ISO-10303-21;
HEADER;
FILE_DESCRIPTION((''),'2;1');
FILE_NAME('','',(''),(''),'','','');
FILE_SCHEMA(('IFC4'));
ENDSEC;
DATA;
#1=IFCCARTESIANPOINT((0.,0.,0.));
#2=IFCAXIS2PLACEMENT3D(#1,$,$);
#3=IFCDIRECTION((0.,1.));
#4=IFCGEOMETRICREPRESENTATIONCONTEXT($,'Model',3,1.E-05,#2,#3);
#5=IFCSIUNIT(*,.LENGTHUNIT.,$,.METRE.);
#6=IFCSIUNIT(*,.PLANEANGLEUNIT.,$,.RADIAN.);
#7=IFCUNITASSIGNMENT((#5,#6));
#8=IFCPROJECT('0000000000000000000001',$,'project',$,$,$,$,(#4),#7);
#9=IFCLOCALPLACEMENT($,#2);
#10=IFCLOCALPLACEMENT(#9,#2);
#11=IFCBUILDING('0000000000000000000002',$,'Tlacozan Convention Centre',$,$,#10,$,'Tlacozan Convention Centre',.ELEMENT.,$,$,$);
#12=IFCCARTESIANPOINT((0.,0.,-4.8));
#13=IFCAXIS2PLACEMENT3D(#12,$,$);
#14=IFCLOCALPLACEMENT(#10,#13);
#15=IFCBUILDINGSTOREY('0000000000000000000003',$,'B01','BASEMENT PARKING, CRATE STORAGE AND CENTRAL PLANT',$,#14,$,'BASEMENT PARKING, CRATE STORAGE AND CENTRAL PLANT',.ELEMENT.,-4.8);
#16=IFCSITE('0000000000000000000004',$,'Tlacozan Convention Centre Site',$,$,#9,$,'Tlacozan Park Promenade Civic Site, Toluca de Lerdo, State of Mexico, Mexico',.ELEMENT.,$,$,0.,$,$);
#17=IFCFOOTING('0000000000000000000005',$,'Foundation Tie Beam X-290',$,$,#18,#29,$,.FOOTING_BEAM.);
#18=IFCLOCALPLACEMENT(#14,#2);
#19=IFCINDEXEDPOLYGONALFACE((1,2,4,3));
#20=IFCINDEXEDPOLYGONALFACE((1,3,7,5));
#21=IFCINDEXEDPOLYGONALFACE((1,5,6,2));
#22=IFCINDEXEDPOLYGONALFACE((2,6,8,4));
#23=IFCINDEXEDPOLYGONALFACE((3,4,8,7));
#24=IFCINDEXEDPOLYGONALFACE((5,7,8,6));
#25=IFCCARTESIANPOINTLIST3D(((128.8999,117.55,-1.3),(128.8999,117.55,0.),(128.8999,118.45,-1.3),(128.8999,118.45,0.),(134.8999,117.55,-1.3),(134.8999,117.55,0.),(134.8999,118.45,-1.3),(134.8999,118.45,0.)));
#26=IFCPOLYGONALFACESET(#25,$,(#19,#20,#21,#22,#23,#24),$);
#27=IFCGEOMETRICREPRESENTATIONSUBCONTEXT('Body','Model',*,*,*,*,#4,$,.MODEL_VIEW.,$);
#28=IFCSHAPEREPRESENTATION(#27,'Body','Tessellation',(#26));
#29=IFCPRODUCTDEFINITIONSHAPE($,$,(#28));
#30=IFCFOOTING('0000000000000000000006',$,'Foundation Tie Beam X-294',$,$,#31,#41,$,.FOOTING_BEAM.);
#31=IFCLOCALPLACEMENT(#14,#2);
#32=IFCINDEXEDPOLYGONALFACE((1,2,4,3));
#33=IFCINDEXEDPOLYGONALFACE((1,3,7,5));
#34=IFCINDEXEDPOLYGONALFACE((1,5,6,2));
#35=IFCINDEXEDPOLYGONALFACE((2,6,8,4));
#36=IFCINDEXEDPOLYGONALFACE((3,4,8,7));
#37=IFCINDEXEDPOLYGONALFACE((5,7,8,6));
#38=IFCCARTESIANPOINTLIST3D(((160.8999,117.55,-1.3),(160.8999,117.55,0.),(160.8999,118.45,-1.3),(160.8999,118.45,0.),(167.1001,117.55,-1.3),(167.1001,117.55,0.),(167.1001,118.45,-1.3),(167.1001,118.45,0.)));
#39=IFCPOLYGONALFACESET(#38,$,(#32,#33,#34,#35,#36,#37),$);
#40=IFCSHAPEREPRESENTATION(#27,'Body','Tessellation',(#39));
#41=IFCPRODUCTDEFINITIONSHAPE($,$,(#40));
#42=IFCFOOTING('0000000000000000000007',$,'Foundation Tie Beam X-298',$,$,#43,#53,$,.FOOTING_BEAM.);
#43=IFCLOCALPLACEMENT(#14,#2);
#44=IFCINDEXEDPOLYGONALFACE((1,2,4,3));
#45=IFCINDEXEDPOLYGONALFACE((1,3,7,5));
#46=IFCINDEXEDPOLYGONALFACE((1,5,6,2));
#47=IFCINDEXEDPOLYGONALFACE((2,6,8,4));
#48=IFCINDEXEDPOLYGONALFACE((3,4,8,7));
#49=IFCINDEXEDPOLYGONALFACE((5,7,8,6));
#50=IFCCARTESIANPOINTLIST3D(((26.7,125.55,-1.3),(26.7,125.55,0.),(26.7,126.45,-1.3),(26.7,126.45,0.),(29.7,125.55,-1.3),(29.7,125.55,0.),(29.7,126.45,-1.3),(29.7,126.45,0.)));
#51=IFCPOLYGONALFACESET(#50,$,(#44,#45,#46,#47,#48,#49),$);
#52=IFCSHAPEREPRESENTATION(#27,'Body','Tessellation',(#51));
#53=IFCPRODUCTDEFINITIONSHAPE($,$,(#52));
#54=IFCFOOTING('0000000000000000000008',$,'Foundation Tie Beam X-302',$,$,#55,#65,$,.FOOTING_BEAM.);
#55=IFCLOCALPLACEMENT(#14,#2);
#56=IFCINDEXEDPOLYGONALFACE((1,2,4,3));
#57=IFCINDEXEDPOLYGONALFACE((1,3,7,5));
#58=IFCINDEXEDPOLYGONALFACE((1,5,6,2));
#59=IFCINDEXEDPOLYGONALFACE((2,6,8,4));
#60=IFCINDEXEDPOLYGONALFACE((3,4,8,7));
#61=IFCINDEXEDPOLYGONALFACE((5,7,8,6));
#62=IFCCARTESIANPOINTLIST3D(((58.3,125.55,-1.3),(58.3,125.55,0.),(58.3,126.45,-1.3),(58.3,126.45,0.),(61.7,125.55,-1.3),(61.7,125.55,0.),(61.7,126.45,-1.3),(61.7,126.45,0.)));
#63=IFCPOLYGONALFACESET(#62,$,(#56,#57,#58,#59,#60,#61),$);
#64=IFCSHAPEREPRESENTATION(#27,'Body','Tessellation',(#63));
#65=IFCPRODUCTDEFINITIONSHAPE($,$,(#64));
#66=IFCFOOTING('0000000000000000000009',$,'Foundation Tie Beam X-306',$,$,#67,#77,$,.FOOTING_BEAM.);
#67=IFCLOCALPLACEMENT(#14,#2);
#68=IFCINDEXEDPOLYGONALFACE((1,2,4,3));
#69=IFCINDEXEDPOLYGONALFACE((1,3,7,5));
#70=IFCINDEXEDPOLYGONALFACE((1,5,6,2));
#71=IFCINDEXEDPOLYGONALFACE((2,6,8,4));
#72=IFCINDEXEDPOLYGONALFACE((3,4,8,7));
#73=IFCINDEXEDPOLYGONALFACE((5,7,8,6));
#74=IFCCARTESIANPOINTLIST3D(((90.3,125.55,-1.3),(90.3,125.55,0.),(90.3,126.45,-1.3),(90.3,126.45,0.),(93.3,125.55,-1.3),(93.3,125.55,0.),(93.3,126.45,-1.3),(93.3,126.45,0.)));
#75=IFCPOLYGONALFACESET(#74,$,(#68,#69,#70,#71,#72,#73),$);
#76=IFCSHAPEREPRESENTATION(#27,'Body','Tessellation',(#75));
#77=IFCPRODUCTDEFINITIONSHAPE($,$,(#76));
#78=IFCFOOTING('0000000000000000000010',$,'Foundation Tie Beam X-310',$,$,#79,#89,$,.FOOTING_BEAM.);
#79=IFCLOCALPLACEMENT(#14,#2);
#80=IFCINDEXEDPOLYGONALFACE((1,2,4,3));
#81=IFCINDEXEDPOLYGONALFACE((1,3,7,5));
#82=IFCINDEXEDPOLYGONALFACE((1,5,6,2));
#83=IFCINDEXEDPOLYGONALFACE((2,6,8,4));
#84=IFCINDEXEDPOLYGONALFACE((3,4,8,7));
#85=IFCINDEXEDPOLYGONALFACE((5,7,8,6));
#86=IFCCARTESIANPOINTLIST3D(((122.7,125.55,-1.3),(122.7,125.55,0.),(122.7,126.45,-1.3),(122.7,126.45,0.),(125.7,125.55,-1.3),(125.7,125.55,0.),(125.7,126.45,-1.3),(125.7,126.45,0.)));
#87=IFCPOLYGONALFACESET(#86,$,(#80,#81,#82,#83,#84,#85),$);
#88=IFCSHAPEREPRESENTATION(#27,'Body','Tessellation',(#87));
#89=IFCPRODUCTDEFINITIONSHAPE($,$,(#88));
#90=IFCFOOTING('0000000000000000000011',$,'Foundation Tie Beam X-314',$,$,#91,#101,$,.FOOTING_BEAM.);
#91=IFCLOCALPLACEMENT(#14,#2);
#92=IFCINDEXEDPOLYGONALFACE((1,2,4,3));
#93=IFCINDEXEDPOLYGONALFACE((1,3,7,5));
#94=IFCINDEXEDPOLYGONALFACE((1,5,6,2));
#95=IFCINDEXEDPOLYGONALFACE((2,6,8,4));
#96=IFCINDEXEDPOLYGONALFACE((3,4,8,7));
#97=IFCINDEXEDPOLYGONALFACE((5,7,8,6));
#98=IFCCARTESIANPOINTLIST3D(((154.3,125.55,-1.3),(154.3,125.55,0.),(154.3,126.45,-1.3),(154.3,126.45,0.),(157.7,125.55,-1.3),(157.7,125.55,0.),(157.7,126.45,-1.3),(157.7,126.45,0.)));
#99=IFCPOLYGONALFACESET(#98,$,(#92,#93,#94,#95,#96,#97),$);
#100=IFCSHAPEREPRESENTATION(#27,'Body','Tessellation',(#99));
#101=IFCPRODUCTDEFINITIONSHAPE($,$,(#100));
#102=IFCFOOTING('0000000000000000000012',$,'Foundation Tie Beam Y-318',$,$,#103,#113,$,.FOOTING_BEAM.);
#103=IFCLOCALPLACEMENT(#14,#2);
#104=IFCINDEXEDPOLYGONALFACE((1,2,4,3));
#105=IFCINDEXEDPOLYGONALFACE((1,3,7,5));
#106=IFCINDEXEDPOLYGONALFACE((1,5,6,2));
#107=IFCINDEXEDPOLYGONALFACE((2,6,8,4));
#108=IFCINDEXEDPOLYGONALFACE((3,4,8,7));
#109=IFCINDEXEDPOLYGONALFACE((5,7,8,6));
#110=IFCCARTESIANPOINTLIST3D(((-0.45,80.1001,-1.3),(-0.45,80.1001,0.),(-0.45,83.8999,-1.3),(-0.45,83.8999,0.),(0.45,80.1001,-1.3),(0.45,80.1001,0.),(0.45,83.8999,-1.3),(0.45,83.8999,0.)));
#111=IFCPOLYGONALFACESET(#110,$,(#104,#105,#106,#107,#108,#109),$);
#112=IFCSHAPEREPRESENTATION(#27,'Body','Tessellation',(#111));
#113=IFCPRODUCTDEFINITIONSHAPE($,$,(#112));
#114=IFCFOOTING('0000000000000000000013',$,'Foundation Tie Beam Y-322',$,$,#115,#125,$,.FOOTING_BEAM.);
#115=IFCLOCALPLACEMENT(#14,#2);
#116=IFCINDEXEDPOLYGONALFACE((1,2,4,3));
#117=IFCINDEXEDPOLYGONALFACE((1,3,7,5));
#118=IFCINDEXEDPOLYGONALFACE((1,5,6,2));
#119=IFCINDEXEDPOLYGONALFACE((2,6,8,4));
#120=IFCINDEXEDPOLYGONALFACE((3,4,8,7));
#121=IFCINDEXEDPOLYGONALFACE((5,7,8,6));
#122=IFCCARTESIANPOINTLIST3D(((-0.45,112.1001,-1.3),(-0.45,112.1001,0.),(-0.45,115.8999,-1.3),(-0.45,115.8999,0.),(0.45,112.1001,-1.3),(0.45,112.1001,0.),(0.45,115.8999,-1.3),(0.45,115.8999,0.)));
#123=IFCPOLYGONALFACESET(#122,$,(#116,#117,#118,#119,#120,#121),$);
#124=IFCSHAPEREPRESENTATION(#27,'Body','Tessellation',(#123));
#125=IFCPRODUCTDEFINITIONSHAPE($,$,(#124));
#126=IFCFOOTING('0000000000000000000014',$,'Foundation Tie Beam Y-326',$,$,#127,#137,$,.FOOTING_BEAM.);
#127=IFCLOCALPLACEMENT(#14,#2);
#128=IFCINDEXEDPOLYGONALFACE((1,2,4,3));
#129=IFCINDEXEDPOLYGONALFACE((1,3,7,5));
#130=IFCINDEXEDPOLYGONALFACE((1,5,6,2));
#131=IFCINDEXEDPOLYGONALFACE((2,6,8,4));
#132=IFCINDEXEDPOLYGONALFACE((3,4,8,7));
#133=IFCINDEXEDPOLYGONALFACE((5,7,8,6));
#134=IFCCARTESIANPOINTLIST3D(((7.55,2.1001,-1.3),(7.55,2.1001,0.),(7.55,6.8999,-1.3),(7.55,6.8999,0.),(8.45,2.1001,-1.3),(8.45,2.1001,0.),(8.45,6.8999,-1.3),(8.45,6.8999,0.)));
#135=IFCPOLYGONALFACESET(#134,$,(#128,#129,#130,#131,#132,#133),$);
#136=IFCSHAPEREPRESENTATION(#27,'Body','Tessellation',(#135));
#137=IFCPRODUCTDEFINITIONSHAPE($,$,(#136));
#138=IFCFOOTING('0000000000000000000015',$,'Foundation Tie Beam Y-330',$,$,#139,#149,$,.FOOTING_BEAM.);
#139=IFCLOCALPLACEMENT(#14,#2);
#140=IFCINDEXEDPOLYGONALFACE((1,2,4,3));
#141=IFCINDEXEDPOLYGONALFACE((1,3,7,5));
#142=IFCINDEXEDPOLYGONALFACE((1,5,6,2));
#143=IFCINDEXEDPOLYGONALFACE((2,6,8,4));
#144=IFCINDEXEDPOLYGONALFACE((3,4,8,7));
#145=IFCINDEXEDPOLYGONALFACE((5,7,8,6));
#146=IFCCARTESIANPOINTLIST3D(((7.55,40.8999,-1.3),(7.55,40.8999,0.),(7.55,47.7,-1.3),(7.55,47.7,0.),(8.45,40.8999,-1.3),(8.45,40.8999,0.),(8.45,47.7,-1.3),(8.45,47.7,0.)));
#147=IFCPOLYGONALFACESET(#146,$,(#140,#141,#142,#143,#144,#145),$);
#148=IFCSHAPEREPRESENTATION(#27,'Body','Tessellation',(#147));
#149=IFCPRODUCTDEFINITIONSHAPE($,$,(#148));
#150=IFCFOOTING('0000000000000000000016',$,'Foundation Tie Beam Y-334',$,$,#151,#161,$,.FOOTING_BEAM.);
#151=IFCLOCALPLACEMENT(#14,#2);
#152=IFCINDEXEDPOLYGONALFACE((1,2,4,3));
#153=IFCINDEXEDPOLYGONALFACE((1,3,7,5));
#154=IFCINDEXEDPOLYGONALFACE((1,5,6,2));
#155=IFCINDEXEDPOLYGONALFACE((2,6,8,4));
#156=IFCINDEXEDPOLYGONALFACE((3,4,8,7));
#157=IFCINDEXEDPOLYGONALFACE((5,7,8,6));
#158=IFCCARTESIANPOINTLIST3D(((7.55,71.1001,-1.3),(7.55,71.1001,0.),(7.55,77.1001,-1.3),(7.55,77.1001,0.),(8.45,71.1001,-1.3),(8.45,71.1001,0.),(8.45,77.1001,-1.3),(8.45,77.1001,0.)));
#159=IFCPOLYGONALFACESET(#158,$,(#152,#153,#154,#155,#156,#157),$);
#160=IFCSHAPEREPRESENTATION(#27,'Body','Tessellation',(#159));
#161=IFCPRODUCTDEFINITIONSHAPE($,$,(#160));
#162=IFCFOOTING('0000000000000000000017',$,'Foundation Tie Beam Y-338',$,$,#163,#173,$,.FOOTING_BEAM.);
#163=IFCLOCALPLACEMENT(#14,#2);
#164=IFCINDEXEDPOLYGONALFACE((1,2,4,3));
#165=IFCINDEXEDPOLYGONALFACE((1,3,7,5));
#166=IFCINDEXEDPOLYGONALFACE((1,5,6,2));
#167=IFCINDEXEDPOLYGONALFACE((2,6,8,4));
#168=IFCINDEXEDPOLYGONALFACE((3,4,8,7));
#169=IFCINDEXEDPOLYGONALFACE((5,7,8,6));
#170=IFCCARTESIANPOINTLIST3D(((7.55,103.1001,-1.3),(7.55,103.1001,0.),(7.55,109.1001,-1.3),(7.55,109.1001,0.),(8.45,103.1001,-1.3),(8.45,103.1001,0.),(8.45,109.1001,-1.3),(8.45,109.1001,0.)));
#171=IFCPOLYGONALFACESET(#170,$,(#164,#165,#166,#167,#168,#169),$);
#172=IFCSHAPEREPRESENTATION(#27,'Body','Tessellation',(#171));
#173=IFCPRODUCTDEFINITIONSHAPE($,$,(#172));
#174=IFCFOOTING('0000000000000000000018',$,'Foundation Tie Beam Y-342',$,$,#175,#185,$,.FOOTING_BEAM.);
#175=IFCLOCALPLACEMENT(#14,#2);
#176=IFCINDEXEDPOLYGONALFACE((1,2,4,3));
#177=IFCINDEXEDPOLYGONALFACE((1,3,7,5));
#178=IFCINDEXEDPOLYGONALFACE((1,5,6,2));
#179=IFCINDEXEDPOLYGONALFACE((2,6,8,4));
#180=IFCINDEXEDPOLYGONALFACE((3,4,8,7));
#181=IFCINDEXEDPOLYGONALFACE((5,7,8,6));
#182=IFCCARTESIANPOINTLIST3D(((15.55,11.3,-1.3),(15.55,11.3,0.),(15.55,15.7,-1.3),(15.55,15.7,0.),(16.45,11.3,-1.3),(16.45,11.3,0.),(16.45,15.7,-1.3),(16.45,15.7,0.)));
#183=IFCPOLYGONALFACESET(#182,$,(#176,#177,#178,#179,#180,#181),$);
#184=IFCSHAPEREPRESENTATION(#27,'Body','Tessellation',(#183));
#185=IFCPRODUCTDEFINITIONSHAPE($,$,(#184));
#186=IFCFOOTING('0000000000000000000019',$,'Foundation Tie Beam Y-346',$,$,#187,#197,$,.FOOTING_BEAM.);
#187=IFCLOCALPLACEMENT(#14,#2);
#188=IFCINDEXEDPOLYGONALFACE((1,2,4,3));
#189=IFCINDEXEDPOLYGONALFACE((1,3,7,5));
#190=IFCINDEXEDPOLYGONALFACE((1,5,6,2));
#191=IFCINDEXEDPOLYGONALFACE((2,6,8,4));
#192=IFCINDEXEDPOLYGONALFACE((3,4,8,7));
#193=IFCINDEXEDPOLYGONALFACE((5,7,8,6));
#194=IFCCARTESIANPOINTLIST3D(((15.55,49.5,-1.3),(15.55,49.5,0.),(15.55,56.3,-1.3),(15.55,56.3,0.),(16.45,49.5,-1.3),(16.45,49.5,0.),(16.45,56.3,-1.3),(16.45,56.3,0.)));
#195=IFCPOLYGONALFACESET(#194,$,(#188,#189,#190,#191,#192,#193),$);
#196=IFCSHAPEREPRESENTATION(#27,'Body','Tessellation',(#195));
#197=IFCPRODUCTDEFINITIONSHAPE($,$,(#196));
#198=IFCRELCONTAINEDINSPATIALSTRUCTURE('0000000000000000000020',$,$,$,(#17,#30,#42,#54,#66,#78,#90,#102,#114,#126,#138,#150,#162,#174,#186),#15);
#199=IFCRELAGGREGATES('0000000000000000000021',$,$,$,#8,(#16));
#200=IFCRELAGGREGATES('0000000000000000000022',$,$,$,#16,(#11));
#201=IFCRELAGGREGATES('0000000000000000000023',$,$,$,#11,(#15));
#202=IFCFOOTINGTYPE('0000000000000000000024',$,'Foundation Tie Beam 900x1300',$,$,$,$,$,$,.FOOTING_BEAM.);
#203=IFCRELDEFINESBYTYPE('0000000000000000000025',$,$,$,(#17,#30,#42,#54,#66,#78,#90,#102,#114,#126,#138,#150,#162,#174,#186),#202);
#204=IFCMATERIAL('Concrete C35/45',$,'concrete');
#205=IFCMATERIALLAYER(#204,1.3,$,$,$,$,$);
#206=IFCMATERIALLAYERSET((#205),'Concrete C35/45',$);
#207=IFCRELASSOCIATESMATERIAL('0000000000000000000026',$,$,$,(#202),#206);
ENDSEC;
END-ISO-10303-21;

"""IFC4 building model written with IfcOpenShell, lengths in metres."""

from ifc_helpers import new_model, si_unit, direction, frame, origin, place, context, subcontext, project, spatial, polyline, outline, extrude, material, layer, layer_set, type_object, element, save


model = new_model("IFC4")

# Units and contexts
model_context = context("Model", 3, precision=1e-05, world=origin(), true_north=direction((0.0, 1.0)))
body_context = subcontext(model_context, "Body", "Model", "MODEL_VIEW")
ifc_project = project(units=[si_unit("LENGTHUNIT", "METRE"), si_unit("PLANEANGLEUNIT", "RADIAN")], contexts=[model_context])

# Site, building, storey
site_placement = place(None, origin())
site = spatial("IfcSite", under=ifc_project, at=site_placement, Name="Tlacozan Convention Centre Site", LongName="Tlacozan Park Promenade Civic Site, Toluca de Lerdo, State of Mexico, Mexico", CompositionType="ELEMENT", RefElevation=0.0)
building_placement = place(site_placement, origin())
building = spatial("IfcBuilding", under=site, at=building_placement, Name="Tlacozan Convention Centre", LongName="Tlacozan Convention Centre", CompositionType="ELEMENT")
storey_placement = place(building_placement, frame((0.0, 0.0, -4.8)))
storey = spatial("IfcBuildingStorey", under=building, at=storey_placement, Name="B01", Description="BASEMENT PARKING, CRATE STORAGE AND CENTRAL PLANT", LongName="BASEMENT PARKING, CRATE STORAGE AND CENTRAL PLANT", CompositionType="ELEMENT", Elevation=-4.8)

# Footings
ifc_material = material(Name="Concrete C35/45", Category="concrete")
ifc_layer = layer(ifc_material, 1.3)
ifc_layer_set = layer_set([ifc_layer], Name="Concrete C35/45")
footing_type = type_object("IfcFootingType", Name="Foundation Tie Beam 900x1300", PredefinedType="FOOTING_BEAM", material=ifc_layer_set)
footing_1_placement = place(storey_placement, frame((0.0, 0.0, -1.3)))
element("IfcFooting", 1, at=footing_1_placement, inside=storey, type_object=footing_type, Name="Foundation Tie Beam X-290", PredefinedType="FOOTING_BEAM", context=body_context, shape_type="SweptSolid", body=[
    extrude(outline(polyline([(128.8999, 117.55), (134.8999, 117.55), (134.8999, 118.45), (128.8999, 118.45), (128.8999, 117.55)])), origin(), (0.0, 0.0, 1.0), 1.3),
])
footing_2_placement = place(storey_placement, frame((0.0, 0.0, -1.3)))
element("IfcFooting", 2, at=footing_2_placement, inside=storey, type_object=footing_type, Name="Foundation Tie Beam X-294", PredefinedType="FOOTING_BEAM", context=body_context, shape_type="SweptSolid", body=[
    extrude(outline(polyline([(160.8999, 117.55), (167.1001, 117.55), (167.1001, 118.45), (160.8999, 118.45), (160.8999, 117.55)])), origin(), (0.0, 0.0, 1.0), 1.3),
])
footing_3_placement = place(storey_placement, frame((0.0, 0.0, -1.3)))
element("IfcFooting", 3, at=footing_3_placement, inside=storey, type_object=footing_type, Name="Foundation Tie Beam X-298", PredefinedType="FOOTING_BEAM", context=body_context, shape_type="SweptSolid", body=[
    extrude(outline(polyline([(26.7, 125.55), (29.7, 125.55), (29.7, 126.45), (26.7, 126.45), (26.7, 125.55)])), origin(), (0.0, 0.0, 1.0), 1.3),
])
footing_4_placement = place(storey_placement, frame((0.0, 0.0, -1.3)))
element("IfcFooting", 4, at=footing_4_placement, inside=storey, type_object=footing_type, Name="Foundation Tie Beam X-302", PredefinedType="FOOTING_BEAM", context=body_context, shape_type="SweptSolid", body=[
    extrude(outline(polyline([(58.3, 125.55), (61.7, 125.55), (61.7, 126.45), (58.3, 126.45), (58.3, 125.55)])), origin(), (0.0, 0.0, 1.0), 1.3),
])
footing_5_placement = place(storey_placement, frame((0.0, 0.0, -1.3)))
element("IfcFooting", 5, at=footing_5_placement, inside=storey, type_object=footing_type, Name="Foundation Tie Beam X-306", PredefinedType="FOOTING_BEAM", context=body_context, shape_type="SweptSolid", body=[
    extrude(outline(polyline([(90.3, 125.55), (93.3, 125.55), (93.3, 126.45), (90.3, 126.45), (90.3, 125.55)])), origin(), (0.0, 0.0, 1.0), 1.3),
])
footing_6_placement = place(storey_placement, frame((0.0, 0.0, -1.3)))
element("IfcFooting", 6, at=footing_6_placement, inside=storey, type_object=footing_type, Name="Foundation Tie Beam X-310", PredefinedType="FOOTING_BEAM", context=body_context, shape_type="SweptSolid", body=[
    extrude(outline(polyline([(122.7, 125.55), (125.7, 125.55), (125.7, 126.45), (122.7, 126.45), (122.7, 125.55)])), origin(), (0.0, 0.0, 1.0), 1.3),
])
footing_7_placement = place(storey_placement, frame((0.0, 0.0, -1.3)))
element("IfcFooting", 7, at=footing_7_placement, inside=storey, type_object=footing_type, Name="Foundation Tie Beam X-314", PredefinedType="FOOTING_BEAM", context=body_context, shape_type="SweptSolid", body=[
    extrude(outline(polyline([(154.3, 125.55), (157.7, 125.55), (157.7, 126.45), (154.3, 126.45), (154.3, 125.55)])), origin(), (0.0, 0.0, 1.0), 1.3),
])
footing_8_placement = place(storey_placement, frame((0.0, 0.0, -1.3)))
element("IfcFooting", 8, at=footing_8_placement, inside=storey, type_object=footing_type, Name="Foundation Tie Beam Y-318", PredefinedType="FOOTING_BEAM", context=body_context, shape_type="SweptSolid", body=[
    extrude(outline(polyline([(-0.45, 80.1001), (0.45, 80.1001), (0.45, 83.8999), (-0.45, 83.8999), (-0.45, 80.1001)])), origin(), (0.0, 0.0, 1.0), 1.3),
])
footing_9_placement = place(storey_placement, frame((0.0, 0.0, -1.3)))
element("IfcFooting", 9, at=footing_9_placement, inside=storey, type_object=footing_type, Name="Foundation Tie Beam Y-322", PredefinedType="FOOTING_BEAM", context=body_context, shape_type="SweptSolid", body=[
    extrude(outline(polyline([(-0.45, 112.1001), (0.45, 112.1001), (0.45, 115.8999), (-0.45, 115.8999), (-0.45, 112.1001)])), origin(), (0.0, 0.0, 1.0), 1.3),
])
footing_10_placement = place(storey_placement, frame((0.0, 0.0, -1.3)))
element("IfcFooting", 10, at=footing_10_placement, inside=storey, type_object=footing_type, Name="Foundation Tie Beam Y-326", PredefinedType="FOOTING_BEAM", context=body_context, shape_type="SweptSolid", body=[
    extrude(outline(polyline([(7.55, 2.1001), (8.45, 2.1001), (8.45, 6.8999), (7.55, 6.8999), (7.55, 2.1001)])), origin(), (0.0, 0.0, 1.0), 1.3),
])
footing_11_placement = place(storey_placement, frame((0.0, 0.0, -1.3)))
element("IfcFooting", 11, at=footing_11_placement, inside=storey, type_object=footing_type, Name="Foundation Tie Beam Y-330", PredefinedType="FOOTING_BEAM", context=body_context, shape_type="SweptSolid", body=[
    extrude(outline(polyline([(7.55, 40.8999), (8.45, 40.8999), (8.45, 47.7), (7.55, 47.7), (7.55, 40.8999)])), origin(), (0.0, 0.0, 1.0), 1.3),
])
footing_12_placement = place(storey_placement, frame((0.0, 0.0, -1.3)))
element("IfcFooting", 12, at=footing_12_placement, inside=storey, type_object=footing_type, Name="Foundation Tie Beam Y-334", PredefinedType="FOOTING_BEAM", context=body_context, shape_type="SweptSolid", body=[
    extrude(outline(polyline([(7.55, 71.1001), (8.45, 71.1001), (8.45, 77.1001), (7.55, 77.1001), (7.55, 71.1001)])), origin(), (0.0, 0.0, 1.0), 1.3),
])
footing_13_placement = place(storey_placement, frame((0.0, 0.0, -1.3)))
element("IfcFooting", 13, at=footing_13_placement, inside=storey, type_object=footing_type, Name="Foundation Tie Beam Y-338", PredefinedType="FOOTING_BEAM", context=body_context, shape_type="SweptSolid", body=[
    extrude(outline(polyline([(7.55, 103.1001), (8.45, 103.1001), (8.45, 109.1001), (7.55, 109.1001), (7.55, 103.1001)])), origin(), (0.0, 0.0, 1.0), 1.3),
])
footing_14_placement = place(storey_placement, frame((0.0, 0.0, -1.3)))
element("IfcFooting", 14, at=footing_14_placement, inside=storey, type_object=footing_type, Name="Foundation Tie Beam Y-342", PredefinedType="FOOTING_BEAM", context=body_context, shape_type="SweptSolid", body=[
    extrude(outline(polyline([(15.55, 11.3), (16.45, 11.3), (16.45, 15.7), (15.55, 15.7), (15.55, 11.3)])), origin(), (0.0, 0.0, 1.0), 1.3),
])
footing_15_placement = place(storey_placement, frame((0.0, 0.0, -1.3)))
element("IfcFooting", 15, at=footing_15_placement, inside=storey, type_object=footing_type, Name="Foundation Tie Beam Y-346", PredefinedType="FOOTING_BEAM", context=body_context, shape_type="SweptSolid", body=[
    extrude(outline(polyline([(15.55, 49.5), (16.45, 49.5), (16.45, 56.3), (15.55, 56.3), (15.55, 49.5)])), origin(), (0.0, 0.0, 1.0), 1.3),
])

save(model, "model.ifc")
